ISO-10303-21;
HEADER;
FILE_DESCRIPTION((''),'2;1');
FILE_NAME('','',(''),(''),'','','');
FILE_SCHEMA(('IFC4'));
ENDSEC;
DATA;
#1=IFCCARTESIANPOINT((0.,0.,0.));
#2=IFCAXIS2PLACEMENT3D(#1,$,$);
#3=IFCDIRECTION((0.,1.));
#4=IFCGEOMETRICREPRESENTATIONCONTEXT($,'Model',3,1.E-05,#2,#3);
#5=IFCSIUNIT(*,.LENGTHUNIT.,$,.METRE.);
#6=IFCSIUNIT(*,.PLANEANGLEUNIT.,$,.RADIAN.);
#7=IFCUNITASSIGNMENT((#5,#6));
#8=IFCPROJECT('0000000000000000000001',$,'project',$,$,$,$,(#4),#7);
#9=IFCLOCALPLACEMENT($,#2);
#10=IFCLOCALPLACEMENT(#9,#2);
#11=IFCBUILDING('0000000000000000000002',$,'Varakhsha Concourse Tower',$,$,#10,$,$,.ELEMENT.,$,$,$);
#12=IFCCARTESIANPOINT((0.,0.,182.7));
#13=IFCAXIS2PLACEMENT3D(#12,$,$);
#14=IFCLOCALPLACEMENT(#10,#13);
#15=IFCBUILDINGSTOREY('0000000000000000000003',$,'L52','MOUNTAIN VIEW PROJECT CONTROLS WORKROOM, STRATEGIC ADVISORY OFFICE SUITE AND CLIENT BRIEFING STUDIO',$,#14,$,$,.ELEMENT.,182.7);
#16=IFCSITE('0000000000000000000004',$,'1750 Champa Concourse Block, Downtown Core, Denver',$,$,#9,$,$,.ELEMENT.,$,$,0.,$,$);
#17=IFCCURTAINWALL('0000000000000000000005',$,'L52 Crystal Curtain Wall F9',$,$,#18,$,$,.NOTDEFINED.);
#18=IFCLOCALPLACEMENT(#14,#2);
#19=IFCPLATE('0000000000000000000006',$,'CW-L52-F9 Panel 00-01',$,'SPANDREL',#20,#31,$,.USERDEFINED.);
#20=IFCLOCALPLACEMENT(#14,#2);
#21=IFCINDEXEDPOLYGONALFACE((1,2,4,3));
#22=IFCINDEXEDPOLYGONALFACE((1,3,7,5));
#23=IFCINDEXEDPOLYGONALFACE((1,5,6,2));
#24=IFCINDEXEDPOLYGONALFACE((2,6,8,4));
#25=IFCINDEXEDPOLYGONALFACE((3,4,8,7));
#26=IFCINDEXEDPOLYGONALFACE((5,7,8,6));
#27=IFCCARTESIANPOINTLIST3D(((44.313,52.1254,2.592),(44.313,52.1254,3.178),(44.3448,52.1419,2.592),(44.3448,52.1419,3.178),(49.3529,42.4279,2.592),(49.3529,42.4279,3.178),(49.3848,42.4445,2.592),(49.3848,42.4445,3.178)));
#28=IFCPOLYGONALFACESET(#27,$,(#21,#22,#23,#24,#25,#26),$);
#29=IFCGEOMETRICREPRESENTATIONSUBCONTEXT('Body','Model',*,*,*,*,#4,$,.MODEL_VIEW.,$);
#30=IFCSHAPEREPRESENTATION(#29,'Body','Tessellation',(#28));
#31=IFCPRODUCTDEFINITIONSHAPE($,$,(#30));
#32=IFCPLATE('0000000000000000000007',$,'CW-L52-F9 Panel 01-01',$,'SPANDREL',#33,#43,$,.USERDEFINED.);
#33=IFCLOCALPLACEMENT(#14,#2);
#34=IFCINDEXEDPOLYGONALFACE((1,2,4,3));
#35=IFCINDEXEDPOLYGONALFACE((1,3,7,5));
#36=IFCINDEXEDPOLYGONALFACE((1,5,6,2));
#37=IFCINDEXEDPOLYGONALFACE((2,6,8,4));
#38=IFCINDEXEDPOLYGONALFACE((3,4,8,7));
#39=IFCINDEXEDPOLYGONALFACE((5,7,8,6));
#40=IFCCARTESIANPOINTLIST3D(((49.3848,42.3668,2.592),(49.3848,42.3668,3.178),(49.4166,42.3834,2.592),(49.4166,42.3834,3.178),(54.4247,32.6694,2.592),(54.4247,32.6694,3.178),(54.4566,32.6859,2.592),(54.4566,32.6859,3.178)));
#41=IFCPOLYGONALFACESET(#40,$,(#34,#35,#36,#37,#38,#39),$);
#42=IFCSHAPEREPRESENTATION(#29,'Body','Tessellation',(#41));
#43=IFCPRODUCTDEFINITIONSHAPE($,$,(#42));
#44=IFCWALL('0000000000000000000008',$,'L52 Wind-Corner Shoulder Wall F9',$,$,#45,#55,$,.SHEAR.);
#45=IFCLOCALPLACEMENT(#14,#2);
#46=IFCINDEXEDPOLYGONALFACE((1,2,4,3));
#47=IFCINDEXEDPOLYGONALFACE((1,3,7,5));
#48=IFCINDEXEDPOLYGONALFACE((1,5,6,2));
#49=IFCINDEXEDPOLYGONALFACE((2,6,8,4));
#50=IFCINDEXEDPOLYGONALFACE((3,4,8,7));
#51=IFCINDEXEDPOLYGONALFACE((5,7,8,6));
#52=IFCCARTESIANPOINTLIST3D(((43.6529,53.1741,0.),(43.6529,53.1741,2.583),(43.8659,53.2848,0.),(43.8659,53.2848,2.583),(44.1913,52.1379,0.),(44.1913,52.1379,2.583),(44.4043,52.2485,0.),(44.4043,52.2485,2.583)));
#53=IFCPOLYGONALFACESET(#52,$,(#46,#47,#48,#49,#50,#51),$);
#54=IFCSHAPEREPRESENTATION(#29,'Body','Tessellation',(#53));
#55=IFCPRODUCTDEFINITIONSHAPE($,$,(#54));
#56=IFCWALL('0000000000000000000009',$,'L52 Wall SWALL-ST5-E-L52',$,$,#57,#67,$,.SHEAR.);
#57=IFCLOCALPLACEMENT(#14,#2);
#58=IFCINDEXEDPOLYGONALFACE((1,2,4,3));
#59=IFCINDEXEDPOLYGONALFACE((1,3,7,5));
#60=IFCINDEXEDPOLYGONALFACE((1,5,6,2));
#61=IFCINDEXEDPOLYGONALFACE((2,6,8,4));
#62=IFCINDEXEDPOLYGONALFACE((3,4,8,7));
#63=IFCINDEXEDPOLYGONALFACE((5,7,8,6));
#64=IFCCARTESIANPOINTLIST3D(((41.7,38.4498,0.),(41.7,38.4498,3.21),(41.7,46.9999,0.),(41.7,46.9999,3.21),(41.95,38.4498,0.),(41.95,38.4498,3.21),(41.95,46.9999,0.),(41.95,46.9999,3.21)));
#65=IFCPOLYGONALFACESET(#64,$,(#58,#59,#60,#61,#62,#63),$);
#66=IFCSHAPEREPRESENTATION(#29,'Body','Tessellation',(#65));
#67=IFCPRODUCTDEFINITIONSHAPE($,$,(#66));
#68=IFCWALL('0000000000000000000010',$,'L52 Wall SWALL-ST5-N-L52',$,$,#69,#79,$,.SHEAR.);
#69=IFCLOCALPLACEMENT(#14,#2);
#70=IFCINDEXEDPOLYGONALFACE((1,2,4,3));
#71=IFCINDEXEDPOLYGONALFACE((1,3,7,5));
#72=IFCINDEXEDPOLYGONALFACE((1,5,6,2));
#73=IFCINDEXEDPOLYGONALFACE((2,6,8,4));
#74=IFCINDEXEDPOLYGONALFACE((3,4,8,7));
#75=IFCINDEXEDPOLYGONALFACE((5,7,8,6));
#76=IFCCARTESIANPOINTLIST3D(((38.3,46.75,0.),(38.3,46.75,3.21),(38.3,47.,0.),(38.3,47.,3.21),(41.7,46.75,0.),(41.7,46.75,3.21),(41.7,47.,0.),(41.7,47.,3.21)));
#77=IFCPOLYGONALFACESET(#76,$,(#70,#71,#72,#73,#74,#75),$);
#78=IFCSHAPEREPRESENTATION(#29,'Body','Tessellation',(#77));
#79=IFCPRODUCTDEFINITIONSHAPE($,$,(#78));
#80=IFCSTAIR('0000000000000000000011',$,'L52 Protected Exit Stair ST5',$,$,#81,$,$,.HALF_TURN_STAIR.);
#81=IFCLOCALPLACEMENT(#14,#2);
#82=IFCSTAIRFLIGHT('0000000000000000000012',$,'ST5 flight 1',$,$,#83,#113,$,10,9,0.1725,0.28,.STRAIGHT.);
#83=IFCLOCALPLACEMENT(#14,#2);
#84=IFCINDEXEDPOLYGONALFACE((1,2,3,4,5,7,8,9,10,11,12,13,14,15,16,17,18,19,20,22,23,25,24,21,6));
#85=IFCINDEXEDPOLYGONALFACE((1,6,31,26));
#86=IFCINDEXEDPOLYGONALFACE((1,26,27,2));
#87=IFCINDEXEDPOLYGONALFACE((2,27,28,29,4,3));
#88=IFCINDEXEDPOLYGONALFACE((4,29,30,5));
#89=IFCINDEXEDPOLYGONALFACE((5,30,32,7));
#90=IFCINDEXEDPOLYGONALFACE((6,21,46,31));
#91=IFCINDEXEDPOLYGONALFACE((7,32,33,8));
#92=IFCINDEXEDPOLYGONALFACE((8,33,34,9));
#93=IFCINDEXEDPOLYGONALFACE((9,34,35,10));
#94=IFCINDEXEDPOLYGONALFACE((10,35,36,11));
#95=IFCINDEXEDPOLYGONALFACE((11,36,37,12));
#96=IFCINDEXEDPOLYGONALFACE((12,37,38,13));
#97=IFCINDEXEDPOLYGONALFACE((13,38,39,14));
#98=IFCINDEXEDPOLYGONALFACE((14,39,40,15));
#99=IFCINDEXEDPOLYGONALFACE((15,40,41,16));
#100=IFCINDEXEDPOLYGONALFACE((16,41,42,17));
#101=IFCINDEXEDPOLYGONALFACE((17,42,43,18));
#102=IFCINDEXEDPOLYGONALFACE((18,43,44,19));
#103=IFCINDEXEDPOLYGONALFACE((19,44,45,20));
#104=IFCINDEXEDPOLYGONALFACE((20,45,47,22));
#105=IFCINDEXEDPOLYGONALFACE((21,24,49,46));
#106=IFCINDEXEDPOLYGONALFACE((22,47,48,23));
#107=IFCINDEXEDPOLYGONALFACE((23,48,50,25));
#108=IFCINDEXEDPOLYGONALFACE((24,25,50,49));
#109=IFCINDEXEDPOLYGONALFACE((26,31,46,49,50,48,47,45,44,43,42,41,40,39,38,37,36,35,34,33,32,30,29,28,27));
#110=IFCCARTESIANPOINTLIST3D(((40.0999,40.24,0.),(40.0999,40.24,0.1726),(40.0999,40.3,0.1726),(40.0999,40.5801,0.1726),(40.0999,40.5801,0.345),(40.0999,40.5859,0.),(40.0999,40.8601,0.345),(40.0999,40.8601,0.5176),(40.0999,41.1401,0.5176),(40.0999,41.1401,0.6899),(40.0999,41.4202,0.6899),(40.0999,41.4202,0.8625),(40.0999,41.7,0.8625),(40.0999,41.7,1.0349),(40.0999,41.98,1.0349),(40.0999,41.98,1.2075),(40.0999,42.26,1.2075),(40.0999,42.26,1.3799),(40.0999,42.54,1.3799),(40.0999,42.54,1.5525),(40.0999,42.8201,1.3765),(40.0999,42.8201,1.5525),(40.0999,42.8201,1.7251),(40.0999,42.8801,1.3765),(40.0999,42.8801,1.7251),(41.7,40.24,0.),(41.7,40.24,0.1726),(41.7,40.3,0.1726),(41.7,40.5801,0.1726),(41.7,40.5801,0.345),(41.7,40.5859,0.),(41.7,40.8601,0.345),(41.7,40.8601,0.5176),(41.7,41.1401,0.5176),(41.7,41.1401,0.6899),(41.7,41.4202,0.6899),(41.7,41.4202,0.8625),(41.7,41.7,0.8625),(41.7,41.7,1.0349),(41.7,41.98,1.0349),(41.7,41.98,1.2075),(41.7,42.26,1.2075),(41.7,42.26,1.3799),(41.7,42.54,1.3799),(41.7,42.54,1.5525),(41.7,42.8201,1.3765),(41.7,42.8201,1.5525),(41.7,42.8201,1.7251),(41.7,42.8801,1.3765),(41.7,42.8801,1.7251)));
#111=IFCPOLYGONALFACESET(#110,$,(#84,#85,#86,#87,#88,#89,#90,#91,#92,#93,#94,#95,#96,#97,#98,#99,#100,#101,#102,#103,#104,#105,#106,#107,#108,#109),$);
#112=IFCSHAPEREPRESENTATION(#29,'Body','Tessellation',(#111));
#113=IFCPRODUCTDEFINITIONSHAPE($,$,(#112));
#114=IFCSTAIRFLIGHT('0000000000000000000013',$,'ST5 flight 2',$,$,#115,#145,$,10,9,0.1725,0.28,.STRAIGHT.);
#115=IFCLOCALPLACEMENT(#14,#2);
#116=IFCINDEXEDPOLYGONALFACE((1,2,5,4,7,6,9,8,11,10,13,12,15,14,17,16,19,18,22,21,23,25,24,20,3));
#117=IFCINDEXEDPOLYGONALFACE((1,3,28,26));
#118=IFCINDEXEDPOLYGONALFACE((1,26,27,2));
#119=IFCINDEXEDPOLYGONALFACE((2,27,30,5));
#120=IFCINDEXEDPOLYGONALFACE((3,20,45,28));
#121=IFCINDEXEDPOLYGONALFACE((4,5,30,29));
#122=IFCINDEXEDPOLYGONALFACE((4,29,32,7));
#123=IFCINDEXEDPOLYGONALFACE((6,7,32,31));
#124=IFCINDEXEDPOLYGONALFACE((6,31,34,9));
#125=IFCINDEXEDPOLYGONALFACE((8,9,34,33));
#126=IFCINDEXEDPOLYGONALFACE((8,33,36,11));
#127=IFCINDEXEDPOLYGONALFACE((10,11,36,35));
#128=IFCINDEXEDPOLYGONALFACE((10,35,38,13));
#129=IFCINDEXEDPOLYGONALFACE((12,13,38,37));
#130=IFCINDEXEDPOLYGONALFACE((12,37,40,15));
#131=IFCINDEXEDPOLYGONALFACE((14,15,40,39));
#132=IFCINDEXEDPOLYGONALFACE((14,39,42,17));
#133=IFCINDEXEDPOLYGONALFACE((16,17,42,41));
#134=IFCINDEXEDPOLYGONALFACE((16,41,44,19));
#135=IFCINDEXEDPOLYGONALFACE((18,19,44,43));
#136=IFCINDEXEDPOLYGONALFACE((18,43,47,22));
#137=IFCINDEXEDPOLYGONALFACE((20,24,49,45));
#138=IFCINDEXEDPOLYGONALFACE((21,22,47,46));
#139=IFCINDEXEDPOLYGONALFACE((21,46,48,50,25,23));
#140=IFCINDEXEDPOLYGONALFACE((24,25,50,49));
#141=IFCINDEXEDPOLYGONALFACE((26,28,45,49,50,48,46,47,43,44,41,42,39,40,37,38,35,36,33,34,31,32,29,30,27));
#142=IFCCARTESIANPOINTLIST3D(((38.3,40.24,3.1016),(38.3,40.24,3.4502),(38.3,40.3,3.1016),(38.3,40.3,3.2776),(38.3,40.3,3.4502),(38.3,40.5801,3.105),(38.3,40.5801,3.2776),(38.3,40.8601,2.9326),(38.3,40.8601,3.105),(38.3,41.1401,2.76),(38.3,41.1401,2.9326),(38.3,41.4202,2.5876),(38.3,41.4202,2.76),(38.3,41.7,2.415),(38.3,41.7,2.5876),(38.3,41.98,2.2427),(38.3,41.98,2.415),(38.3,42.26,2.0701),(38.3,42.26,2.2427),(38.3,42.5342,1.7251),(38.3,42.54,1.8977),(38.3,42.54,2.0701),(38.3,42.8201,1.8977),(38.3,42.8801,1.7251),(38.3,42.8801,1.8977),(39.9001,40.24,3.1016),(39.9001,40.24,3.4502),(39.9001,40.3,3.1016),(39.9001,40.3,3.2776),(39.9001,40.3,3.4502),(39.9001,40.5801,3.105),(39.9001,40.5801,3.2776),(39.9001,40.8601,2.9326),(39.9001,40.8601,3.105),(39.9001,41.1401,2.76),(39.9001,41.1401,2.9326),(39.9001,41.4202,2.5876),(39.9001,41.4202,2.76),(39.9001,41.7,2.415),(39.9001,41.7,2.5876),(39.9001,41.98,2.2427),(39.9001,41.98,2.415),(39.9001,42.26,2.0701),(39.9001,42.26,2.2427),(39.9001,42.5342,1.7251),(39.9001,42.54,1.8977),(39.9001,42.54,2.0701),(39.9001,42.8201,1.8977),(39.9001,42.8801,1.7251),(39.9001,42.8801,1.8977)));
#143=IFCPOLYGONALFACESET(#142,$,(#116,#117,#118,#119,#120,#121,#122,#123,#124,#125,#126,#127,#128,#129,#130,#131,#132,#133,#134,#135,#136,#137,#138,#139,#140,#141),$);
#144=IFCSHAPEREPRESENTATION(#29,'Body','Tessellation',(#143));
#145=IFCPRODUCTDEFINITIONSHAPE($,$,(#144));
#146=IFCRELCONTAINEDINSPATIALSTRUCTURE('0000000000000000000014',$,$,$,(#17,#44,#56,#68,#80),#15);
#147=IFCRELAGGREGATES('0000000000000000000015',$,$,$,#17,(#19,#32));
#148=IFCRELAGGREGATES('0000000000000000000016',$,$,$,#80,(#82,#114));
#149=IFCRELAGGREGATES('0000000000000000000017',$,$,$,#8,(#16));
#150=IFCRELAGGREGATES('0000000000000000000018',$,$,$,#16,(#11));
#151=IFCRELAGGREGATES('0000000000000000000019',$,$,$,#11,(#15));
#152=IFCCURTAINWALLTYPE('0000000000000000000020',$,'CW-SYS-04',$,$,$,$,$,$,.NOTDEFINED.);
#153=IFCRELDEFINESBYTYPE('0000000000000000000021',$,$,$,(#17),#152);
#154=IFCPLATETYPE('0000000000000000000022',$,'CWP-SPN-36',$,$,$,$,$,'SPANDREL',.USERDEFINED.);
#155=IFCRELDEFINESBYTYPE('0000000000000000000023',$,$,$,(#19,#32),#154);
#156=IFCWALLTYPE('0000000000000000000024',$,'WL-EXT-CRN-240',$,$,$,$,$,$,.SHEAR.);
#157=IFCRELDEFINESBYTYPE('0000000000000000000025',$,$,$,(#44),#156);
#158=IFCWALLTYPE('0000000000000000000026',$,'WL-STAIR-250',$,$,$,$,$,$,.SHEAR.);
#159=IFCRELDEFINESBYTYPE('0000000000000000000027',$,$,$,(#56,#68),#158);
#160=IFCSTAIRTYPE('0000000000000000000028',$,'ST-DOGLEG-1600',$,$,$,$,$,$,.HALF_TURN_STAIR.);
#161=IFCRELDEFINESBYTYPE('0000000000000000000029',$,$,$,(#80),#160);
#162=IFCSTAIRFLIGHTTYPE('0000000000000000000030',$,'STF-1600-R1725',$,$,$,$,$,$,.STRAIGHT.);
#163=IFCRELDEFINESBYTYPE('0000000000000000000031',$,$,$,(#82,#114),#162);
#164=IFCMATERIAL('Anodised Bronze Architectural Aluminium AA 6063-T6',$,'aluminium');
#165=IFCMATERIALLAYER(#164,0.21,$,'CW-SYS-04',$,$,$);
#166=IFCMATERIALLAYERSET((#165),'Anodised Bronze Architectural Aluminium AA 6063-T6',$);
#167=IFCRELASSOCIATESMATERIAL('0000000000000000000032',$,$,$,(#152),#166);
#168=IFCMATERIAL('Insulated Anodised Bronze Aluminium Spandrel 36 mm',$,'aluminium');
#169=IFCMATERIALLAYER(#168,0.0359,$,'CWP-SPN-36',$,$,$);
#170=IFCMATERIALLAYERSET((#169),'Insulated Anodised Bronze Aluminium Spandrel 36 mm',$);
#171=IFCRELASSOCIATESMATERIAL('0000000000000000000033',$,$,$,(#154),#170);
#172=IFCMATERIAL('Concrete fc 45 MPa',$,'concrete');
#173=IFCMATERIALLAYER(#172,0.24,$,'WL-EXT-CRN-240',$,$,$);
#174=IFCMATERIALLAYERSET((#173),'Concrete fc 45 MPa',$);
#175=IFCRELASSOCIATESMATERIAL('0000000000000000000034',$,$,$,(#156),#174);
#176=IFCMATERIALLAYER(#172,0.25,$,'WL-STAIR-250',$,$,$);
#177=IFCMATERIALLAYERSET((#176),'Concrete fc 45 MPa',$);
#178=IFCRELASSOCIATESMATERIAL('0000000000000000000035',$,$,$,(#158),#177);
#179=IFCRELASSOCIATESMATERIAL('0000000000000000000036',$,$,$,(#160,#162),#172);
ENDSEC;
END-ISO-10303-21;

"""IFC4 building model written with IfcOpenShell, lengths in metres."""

from ifc_helpers import new_model, si_unit, direction, frame, frame_2d, origin, origin_2d, place, context, subcontext, project, spatial, polyline, rectangle, outline, extrude, source, transform, mapped, material, layer, layer_set, type_object, type_shapes, element, aggregate, save


model = new_model("IFC4")

# Units and contexts
model_context = context("Model", 3, precision=1e-05, world=origin(), true_north=direction((0.0, 1.0)))
body_context = subcontext(model_context, "Body", "Model", "MODEL_VIEW")
ifc_project = project(units=[si_unit("LENGTHUNIT", "METRE"), si_unit("PLANEANGLEUNIT", "RADIAN")], contexts=[model_context])

# Site, building, storey
site_placement = place(None, origin())
site = spatial("IfcSite", under=ifc_project, at=site_placement, Name="1750 Champa Concourse Block, Downtown Core, Denver", CompositionType="ELEMENT", RefElevation=0.0)
building_placement = place(site_placement, origin())
building = spatial("IfcBuilding", under=site, at=building_placement, Name="Varakhsha Concourse Tower", CompositionType="ELEMENT")
storey_placement = place(building_placement, frame((0.0, 0.0, 182.7)))
storey = spatial("IfcBuildingStorey", under=building, at=storey_placement, Name="L52", Description="MOUNTAIN VIEW PROJECT CONTROLS WORKROOM, STRATEGIC ADVISORY OFFICE SUITE AND CLIENT BRIEFING STUDIO", CompositionType="ELEMENT", Elevation=182.7)

# Curtain wall
ifc_material_1 = material(Name="Anodised Bronze Architectural Aluminium AA 6063-T6", Category="aluminium")
ifc_layer_1 = layer(ifc_material_1, 0.21, Name="CW-SYS-04")
ifc_layer_set_1 = layer_set([ifc_layer_1], Name="Anodised Bronze Architectural Aluminium AA 6063-T6")
curtain_wall_type = type_object("IfcCurtainWallType", Name="CW-SYS-04", PredefinedType="NOTDEFINED", material=ifc_layer_set_1)
curtain_wall_placement = place(storey_placement, origin())
curtain_wall = element("IfcCurtainWall", 1, at=curtain_wall_placement, inside=storey, type_object=curtain_wall_type, Name="L52 Crystal Curtain Wall F9", PredefinedType="NOTDEFINED")

# Plates
ifc_material_2 = material(Name="Insulated Anodised Bronze Aluminium Spandrel 36 mm", Category="aluminium")
ifc_layer_2 = layer(ifc_material_2, 0.0359, Name="CWP-SPN-36")
ifc_layer_set_2 = layer_set([ifc_layer_2], Name="Insulated Anodised Bronze Aluminium Spandrel 36 mm")
plate_type_1 = type_object("IfcPlateType", Name="CWP-SPN-36", ElementType="SPANDREL", PredefinedType="USERDEFINED", material=ifc_layer_set_2)
shared_shape_1 = source(origin(), body_context, "Body", "SweptSolid", [
    extrude(rectangle(XDim=10.929, YDim=0.0359, at=origin_2d()), origin(), (0.0, 0.0, 1.0), 0.5859),
])
type_shapes(plate_type_1, [shared_shape_1])
plate_1_placement = place(storey_placement, frame((46.8489, 47.2849, 2.592), z_axis=(0.0, 0.0, 1.0), x_axis=(0.461156, -0.887319, 0.0)))
plate_1 = element("IfcPlate", 2, at=plate_1_placement, type_object=plate_type_1, Name="CW-L52-F9 Panel 00-01", ObjectType="SPANDREL", PredefinedType="USERDEFINED", context=body_context, shape_type="MappedRepresentation", body=[
    mapped(shared_shape_1, transform((0.0, 0.0, 0.0), scale=1.0)),
])
plate_2_placement = place(storey_placement, frame((51.9207, 37.5264, 2.592), z_axis=(0.0, 0.0, 1.0), x_axis=(0.461156, -0.887319, 0.0)))
plate_2 = element("IfcPlate", 3, at=plate_2_placement, type_object=plate_type_1, Name="CW-L52-F9 Panel 01-01", ObjectType="SPANDREL", PredefinedType="USERDEFINED", context=body_context, shape_type="MappedRepresentation", body=[
    mapped(shared_shape_1, transform((0.0, 0.0, 0.0), scale=1.0)),
])
aggregate(curtain_wall, [plate_1, plate_2])

# Walls
ifc_material_3 = material(Name="Concrete fc 45 MPa", Category="concrete")
ifc_layer_3 = layer(ifc_material_3, 0.24, Name="WL-EXT-CRN-240")
ifc_layer_set_3 = layer_set([ifc_layer_3], Name="Concrete fc 45 MPa")
wall_type_1 = type_object("IfcWallType", Name="WL-EXT-CRN-240", PredefinedType="SHEAR", material=ifc_layer_set_3)
wall_1_placement = place(storey_placement, frame((44.2979, 52.1931, 0.0), z_axis=(0.0, 0.0, 1.0), x_axis=(-0.461043, 0.887378, 0.0)))
element("IfcWall", 4, at=wall_1_placement, inside=storey, type_object=wall_type_1, Name="L52 Wind-Corner Shoulder Wall F9", PredefinedType="SHEAR", context=body_context, shape_type="SweptSolid", body=[
    extrude(rectangle(XDim=1.1677, YDim=0.24, at=frame_2d((0.584, 0.0))), origin(), (0.0, 0.0, 1.0), 2.583),
])
ifc_layer_4 = layer(ifc_material_3, 0.25, Name="WL-STAIR-250")
ifc_layer_set_4 = layer_set([ifc_layer_4], Name="Concrete fc 45 MPa")
wall_type_2 = type_object("IfcWallType", Name="WL-STAIR-250", PredefinedType="SHEAR", material=ifc_layer_set_4)
wall_2_placement = place(storey_placement, frame((41.825, 38.45, 0.0), z_axis=(0.0, 0.0, 1.0), x_axis=(0.0, 1.0, 0.0)))
element("IfcWall", 5, at=wall_2_placement, inside=storey, type_object=wall_type_2, Name="L52 Wall SWALL-ST5-E-L52", PredefinedType="SHEAR", context=body_context, shape_type="SweptSolid", body=[
    extrude(rectangle(XDim=8.55, YDim=0.25, at=frame_2d((4.2749, 0.0))), origin(), (0.0, 0.0, 1.0), 3.21),
])
wall_3_placement = place(storey_placement, frame((38.3, 46.875, 0.0), z_axis=(0.0, 0.0, 1.0), x_axis=(1.0, 0.0, 0.0)))
element("IfcWall", 6, at=wall_3_placement, inside=storey, type_object=wall_type_2, Name="L52 Wall SWALL-ST5-N-L52", PredefinedType="SHEAR", context=body_context, shape_type="SweptSolid", body=[
    extrude(rectangle(XDim=3.3999, YDim=0.25, at=frame_2d((1.7, 0.0))), origin(), (0.0, 0.0, 1.0), 3.21),
])

# Stair, stair flights
stair_type = type_object("IfcStairType", Name="ST-DOGLEG-1600", PredefinedType="HALF_TURN_STAIR", material=ifc_material_3)
stair_placement = place(storey_placement, origin())
stair = element("IfcStair", 7, at=stair_placement, inside=storey, type_object=stair_type, Name="L52 Protected Exit Stair ST5", PredefinedType="HALF_TURN_STAIR")
stair_flight_type = type_object("IfcStairFlightType", Name="STF-1600-R1725", PredefinedType="STRAIGHT", material=ifc_material_3)
stair_flight_1_placement = place(storey_placement, frame((40.8999, 40.3, 0.0), z_axis=(0.0, 0.0, 1.0), x_axis=(0.0, 1.0, 0.0)))
stair_flight_1 = element("IfcStairFlight", 8, at=stair_flight_1_placement, type_object=stair_flight_type, Name="ST5 flight 1", NumberOfRisers=10, NumberOfTreads=9, PredefinedType="STRAIGHT", RiserHeight=0.1725, TreadLength=0.28, context=body_context, shape_type="SweptSolid", body=[
    extrude(outline(polyline([(-0.0601, 0.0), (-0.0601, 0.1726), (0.0, 0.1726), (0.28, 0.1726), (0.28, 0.345), (0.5601, 0.345), (0.5601, 0.5176), (0.8401, 0.5176), (0.8401, 0.6899), (1.1201, 0.6899), (1.1201, 0.8625), (1.3999, 0.8625), (1.3999, 1.0349), (1.6799, 1.0349), (1.6799, 1.2075), (1.96, 1.2075), (1.96, 1.3799), (2.24, 1.3799), (2.24, 1.5525), (2.52, 1.5525), (2.52, 1.7251), (2.5801, 1.7251), (2.5801, 1.3765), (2.52, 1.3765), (0.2859, 0.0), (-0.0601, 0.0)])), frame((0.0, 0.8, 0.0), z_axis=(0.0, -1.0, 0.0), x_axis=(1.0, 0.0, 0.0)), (0.0, 0.0, 1.0), 1.6001),
])
stair_flight_2_placement = place(storey_placement, frame((39.1001, 42.8201, 1.7251), z_axis=(0.0, 0.0, 1.0), x_axis=(0.0, -1.0, 0.0)))
stair_flight_2 = element("IfcStairFlight", 9, at=stair_flight_2_placement, type_object=stair_flight_type, Name="ST5 flight 2", NumberOfRisers=10, NumberOfTreads=9, PredefinedType="STRAIGHT", RiserHeight=0.1725, TreadLength=0.28, context=body_context, shape_type="SweptSolid", body=[
    extrude(outline(polyline([(-0.0601, 0.0), (-0.0601, 0.1726), (0.0, 0.1726), (0.28, 0.1726), (0.28, 0.345), (0.5601, 0.345), (0.5601, 0.5176), (0.8401, 0.5176), (0.8401, 0.6899), (1.1201, 0.6899), (1.1201, 0.8625), (1.3999, 0.8625), (1.3999, 1.0349), (1.6799, 1.0349), (1.6799, 1.2075), (1.96, 1.2075), (1.96, 1.3799), (2.24, 1.3799), (2.24, 1.5525), (2.52, 1.5525), (2.52, 1.7251), (2.5801, 1.7251), (2.5801, 1.3765), (2.52, 1.3765), (0.2859, 0.0), (-0.0601, 0.0)])), frame((0.0, 0.8, 0.0), z_axis=(0.0, -1.0, 0.0), x_axis=(1.0, 0.0, 0.0)), (0.0, 0.0, 1.0), 1.6001),
])
aggregate(stair, [stair_flight_1, stair_flight_2])

save(model, "model.ifc")
